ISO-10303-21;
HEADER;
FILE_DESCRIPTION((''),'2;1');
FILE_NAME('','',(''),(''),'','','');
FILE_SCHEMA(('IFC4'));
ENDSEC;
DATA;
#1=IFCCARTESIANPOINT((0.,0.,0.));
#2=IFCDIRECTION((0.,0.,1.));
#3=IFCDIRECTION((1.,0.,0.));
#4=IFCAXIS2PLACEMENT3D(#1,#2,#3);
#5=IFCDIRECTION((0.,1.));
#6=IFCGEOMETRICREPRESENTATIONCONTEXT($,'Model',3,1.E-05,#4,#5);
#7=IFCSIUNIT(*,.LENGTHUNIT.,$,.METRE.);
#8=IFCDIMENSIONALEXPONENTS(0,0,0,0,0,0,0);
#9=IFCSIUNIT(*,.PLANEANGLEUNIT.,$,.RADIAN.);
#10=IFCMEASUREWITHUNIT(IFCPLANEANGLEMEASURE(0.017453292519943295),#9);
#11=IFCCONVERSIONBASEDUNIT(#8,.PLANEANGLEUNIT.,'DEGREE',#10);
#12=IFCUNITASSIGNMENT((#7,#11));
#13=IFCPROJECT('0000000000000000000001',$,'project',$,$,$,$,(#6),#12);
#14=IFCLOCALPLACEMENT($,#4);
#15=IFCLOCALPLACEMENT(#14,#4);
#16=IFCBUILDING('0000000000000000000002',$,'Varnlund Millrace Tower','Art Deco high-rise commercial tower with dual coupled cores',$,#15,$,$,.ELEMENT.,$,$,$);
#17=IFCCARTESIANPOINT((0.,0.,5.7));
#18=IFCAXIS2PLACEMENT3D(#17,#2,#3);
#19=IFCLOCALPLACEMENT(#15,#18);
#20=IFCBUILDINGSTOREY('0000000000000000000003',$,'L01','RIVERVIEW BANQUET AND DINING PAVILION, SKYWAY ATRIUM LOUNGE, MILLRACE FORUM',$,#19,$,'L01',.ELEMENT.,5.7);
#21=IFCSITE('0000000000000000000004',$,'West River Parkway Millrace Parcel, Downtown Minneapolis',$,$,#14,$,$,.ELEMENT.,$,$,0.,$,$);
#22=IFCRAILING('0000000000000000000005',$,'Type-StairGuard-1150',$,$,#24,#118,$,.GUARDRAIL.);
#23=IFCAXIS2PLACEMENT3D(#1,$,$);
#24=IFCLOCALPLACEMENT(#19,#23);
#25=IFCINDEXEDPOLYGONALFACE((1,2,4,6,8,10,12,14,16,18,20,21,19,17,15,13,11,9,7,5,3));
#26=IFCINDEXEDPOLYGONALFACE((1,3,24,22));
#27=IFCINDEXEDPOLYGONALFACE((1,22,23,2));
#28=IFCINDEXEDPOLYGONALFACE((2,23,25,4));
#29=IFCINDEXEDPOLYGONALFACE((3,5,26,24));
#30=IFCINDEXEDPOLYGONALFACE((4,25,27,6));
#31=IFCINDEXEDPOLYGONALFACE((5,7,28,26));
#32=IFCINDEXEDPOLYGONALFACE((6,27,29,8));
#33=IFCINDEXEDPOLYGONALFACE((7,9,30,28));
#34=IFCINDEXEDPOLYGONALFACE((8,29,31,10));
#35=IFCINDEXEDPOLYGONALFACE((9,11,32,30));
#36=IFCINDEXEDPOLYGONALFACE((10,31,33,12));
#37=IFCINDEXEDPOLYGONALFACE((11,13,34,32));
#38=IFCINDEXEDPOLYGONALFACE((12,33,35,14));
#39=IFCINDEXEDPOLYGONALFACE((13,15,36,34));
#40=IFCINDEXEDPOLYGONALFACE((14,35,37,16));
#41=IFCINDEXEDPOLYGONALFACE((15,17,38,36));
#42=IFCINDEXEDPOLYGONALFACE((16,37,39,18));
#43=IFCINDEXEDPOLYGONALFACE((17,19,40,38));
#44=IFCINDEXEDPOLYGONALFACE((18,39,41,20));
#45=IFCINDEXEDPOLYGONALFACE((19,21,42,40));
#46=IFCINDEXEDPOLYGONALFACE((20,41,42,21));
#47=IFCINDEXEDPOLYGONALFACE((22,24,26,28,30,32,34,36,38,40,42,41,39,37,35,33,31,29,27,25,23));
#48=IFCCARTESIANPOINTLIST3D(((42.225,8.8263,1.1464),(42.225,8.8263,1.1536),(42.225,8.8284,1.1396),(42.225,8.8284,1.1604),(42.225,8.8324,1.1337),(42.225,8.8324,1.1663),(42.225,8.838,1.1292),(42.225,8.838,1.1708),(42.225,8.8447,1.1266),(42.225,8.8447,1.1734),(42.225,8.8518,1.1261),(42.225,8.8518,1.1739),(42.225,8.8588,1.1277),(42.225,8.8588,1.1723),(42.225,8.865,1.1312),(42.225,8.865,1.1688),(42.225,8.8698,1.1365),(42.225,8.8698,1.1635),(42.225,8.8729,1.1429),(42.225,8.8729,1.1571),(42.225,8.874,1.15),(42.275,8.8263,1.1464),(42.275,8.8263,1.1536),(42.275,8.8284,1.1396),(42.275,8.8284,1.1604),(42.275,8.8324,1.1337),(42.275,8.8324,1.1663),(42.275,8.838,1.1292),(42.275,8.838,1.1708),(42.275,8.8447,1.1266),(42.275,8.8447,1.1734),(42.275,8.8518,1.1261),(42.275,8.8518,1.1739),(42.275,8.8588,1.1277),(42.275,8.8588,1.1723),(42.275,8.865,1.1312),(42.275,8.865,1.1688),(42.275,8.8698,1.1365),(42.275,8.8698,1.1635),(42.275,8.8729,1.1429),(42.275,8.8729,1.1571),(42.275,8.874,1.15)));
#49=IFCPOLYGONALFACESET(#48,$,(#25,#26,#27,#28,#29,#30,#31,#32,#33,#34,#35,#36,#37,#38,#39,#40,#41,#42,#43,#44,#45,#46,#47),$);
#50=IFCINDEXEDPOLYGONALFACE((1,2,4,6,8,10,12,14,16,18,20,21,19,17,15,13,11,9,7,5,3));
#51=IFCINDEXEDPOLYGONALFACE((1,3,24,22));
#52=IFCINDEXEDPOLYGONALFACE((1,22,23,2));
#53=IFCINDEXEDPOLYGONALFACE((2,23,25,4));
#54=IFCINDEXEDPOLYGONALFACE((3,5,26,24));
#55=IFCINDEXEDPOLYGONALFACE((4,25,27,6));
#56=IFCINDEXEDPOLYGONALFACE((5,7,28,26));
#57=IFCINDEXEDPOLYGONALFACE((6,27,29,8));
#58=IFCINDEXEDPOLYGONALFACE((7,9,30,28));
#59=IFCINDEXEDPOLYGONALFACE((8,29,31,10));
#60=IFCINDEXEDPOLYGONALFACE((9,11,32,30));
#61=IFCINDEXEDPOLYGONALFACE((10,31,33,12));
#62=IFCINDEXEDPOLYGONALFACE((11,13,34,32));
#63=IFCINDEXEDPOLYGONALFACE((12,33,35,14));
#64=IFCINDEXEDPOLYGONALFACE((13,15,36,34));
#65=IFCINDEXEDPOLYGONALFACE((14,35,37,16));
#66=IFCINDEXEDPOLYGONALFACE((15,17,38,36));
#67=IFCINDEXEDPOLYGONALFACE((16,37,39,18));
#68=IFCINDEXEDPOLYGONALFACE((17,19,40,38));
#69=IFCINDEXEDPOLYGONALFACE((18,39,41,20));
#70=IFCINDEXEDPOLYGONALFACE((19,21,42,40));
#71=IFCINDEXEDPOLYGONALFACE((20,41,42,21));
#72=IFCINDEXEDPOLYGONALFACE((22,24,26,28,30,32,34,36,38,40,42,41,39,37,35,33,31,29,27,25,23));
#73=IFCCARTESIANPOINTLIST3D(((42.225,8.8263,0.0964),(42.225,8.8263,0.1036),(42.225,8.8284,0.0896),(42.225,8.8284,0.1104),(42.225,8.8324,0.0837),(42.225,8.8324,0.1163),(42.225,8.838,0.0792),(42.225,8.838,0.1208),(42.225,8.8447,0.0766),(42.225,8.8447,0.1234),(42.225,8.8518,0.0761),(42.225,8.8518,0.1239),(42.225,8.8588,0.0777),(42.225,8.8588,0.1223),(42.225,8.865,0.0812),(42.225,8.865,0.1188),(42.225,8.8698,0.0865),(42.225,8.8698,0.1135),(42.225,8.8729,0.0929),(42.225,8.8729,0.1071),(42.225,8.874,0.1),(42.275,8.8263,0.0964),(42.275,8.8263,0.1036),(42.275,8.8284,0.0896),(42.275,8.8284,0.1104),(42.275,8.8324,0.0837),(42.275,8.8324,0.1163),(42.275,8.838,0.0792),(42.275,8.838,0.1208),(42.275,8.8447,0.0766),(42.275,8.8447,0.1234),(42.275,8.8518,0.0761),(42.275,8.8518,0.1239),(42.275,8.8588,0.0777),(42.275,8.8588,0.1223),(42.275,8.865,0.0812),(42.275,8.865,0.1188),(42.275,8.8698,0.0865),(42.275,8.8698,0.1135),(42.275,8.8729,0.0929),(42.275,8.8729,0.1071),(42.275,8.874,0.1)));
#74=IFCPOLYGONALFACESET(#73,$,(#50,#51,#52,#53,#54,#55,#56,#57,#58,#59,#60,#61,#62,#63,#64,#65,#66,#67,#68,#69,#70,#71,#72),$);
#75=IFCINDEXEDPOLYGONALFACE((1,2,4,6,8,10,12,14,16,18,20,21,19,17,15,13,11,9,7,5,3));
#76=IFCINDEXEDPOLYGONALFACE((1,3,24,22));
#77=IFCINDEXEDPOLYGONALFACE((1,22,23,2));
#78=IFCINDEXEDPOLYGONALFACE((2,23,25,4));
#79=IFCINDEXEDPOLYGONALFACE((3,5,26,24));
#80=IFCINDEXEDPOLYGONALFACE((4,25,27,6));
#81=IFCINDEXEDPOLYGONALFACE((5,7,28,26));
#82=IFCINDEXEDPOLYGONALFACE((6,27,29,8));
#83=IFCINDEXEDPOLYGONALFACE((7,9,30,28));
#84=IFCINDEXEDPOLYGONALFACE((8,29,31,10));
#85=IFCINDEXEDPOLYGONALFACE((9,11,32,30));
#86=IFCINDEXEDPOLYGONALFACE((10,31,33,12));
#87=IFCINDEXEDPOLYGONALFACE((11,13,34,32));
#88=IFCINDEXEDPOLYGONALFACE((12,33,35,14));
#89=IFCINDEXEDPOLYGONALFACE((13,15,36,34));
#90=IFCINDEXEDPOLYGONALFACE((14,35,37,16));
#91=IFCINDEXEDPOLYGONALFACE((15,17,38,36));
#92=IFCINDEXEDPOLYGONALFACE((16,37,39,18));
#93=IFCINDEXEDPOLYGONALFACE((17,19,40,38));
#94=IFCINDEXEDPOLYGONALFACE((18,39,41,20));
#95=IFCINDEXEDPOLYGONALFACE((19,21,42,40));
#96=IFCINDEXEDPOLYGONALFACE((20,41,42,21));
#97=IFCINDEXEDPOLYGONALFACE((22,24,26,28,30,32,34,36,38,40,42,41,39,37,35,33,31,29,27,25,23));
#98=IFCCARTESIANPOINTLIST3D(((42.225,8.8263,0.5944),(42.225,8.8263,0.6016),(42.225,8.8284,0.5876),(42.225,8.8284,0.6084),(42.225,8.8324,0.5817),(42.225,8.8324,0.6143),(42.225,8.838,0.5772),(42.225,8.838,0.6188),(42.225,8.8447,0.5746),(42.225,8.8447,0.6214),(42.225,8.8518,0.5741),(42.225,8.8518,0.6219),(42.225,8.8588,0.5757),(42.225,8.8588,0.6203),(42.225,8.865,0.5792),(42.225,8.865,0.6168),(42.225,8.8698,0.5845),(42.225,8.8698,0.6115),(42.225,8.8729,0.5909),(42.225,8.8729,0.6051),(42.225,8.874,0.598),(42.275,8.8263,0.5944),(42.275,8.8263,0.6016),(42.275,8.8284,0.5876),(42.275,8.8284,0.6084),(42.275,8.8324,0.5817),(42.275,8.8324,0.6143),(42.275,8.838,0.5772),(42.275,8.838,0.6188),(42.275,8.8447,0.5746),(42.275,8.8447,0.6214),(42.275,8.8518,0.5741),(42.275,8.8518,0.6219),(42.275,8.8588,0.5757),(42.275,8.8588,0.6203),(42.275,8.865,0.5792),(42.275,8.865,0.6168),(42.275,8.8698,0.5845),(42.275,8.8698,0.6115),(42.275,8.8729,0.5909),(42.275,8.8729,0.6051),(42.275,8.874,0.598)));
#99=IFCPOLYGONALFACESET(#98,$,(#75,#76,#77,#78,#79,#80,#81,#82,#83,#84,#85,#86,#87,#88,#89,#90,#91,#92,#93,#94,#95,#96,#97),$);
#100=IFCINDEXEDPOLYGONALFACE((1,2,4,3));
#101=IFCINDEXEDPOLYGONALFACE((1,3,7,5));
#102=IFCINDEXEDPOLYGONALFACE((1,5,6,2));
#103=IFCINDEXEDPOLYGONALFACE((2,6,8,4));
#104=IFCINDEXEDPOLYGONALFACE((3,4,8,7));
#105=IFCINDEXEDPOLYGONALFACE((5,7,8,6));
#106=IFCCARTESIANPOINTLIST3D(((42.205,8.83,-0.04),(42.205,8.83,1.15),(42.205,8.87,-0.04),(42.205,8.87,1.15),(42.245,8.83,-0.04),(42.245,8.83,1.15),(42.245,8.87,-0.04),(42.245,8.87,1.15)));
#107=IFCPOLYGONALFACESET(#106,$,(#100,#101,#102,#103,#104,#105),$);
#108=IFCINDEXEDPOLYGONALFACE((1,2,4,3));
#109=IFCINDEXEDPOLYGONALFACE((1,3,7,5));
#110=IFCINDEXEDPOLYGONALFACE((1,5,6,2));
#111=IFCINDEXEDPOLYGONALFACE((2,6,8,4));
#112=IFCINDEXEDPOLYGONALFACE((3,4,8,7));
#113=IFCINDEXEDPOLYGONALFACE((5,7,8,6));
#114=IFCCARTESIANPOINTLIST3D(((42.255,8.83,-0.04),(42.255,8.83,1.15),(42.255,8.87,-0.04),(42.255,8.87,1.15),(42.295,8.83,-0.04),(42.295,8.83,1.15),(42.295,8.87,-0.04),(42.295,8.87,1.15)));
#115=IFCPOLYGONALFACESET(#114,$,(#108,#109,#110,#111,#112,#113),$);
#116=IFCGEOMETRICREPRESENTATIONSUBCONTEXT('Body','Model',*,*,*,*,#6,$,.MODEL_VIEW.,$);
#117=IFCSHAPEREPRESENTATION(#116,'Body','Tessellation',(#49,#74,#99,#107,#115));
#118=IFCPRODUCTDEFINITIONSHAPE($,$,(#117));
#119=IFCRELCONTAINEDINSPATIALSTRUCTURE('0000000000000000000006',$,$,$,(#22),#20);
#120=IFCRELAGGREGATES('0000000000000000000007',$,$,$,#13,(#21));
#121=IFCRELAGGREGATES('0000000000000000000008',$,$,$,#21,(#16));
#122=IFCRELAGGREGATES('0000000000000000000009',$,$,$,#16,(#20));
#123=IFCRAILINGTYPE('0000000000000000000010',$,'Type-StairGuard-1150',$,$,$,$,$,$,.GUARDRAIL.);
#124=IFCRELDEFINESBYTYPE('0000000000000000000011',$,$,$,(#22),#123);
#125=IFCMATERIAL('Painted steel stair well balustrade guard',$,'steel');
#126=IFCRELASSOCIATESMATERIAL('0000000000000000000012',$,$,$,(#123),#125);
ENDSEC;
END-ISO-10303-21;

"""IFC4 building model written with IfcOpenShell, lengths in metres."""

from ifc_helpers import new_model, entity, si_unit, converted_unit, direction, frame, origin_with_axes, origin_2d_with_axis, place, context, subcontext, project, spatial, rectangle, circle, extrude, material, type_object, element, save


model = new_model("IFC4")

# Units and contexts
model_context = context("Model", 3, precision=1e-05, world=origin_with_axes(), true_north=direction((0.0, 1.0)))
body_context = subcontext(model_context, "Body", "Model", "MODEL_VIEW")
ifc_project = project(units=[si_unit("LENGTHUNIT", "METRE"), converted_unit("PLANEANGLEUNIT", "DEGREE", entity("IfcPlaneAngleMeasure", 0.017453292519943295), si_unit("PLANEANGLEUNIT", "RADIAN"), dimensions=[0, 0, 0, 0, 0, 0, 0])], contexts=[model_context])

# Site, building, storey
site_placement = place(None, origin_with_axes())
site = spatial("IfcSite", under=ifc_project, at=site_placement, Name="West River Parkway Millrace Parcel, Downtown Minneapolis", CompositionType="ELEMENT", RefElevation=0.0)
building_placement = place(site_placement, origin_with_axes())
building = spatial("IfcBuilding", under=site, at=building_placement, Name="Varnlund Millrace Tower", Description="Art Deco high-rise commercial tower with dual coupled cores", CompositionType="ELEMENT")
storey_placement = place(building_placement, frame((0.0, 0.0, 5.7), z_axis=(0.0, 0.0, 1.0), x_axis=(1.0, 0.0, 0.0)))
storey = spatial("IfcBuildingStorey", under=building, at=storey_placement, Name="L01", Description="RIVERVIEW BANQUET AND DINING PAVILION, SKYWAY ATRIUM LOUNGE, MILLRACE FORUM", LongName="L01", CompositionType="ELEMENT", Elevation=5.7)

# Railing
ifc_material_1 = material(Name="Painted steel stair well balustrade guard", Category="steel")
railing_type_1 = type_object("IfcRailingType", Name="Type-StairGuard-1150", PredefinedType="GUARDRAIL", material=ifc_material_1)
railing_1_placement = place(storey_placement, frame((0.0, 0.0, -5.7), z_axis=(0.0, 0.0, 1.0), x_axis=(1.0, 0.0, 0.0)))
element("IfcRailing", 1, at=railing_1_placement, inside=storey, type_object=railing_type_1, Name="Type-StairGuard-1150", PredefinedType="GUARDRAIL", context=body_context, shape_type="SweptSolid", body=[
    extrude(circle(Radius=0.024, at=origin_2d_with_axis()), frame((42.225, 8.85, 6.85), z_axis=(1.0, 0.0, 0.0), x_axis=(0.0, 1.0, 0.0)), (0.0, 0.0, 1.0), 0.05),
    extrude(circle(Radius=0.024, at=origin_2d_with_axis()), frame((42.225, 8.85, 5.8), z_axis=(1.0, 0.0, 0.0), x_axis=(0.0, 1.0, 0.0)), (0.0, 0.0, 1.0), 0.05),
    extrude(circle(Radius=0.024, at=origin_2d_with_axis()), frame((42.225, 8.85, 6.298), z_axis=(1.0, 0.0, 0.0), x_axis=(0.0, 1.0, 0.0)), (0.0, 0.0, 1.0), 0.05),
    extrude(rectangle(XDim=0.04, YDim=0.04, at=origin_2d_with_axis()), frame((42.225, 8.85, 5.66), z_axis=(0.0, 0.0, 1.0), x_axis=(1.0, 0.0, 0.0)), (0.0, 0.0, 1.0), 1.19),
    extrude(rectangle(XDim=0.04, YDim=0.04, at=origin_2d_with_axis()), frame((42.275, 8.85, 5.66), z_axis=(0.0, 0.0, 1.0), x_axis=(1.0, 0.0, 0.0)), (0.0, 0.0, 1.0), 1.19),
])

save(model, "model.ifc")
